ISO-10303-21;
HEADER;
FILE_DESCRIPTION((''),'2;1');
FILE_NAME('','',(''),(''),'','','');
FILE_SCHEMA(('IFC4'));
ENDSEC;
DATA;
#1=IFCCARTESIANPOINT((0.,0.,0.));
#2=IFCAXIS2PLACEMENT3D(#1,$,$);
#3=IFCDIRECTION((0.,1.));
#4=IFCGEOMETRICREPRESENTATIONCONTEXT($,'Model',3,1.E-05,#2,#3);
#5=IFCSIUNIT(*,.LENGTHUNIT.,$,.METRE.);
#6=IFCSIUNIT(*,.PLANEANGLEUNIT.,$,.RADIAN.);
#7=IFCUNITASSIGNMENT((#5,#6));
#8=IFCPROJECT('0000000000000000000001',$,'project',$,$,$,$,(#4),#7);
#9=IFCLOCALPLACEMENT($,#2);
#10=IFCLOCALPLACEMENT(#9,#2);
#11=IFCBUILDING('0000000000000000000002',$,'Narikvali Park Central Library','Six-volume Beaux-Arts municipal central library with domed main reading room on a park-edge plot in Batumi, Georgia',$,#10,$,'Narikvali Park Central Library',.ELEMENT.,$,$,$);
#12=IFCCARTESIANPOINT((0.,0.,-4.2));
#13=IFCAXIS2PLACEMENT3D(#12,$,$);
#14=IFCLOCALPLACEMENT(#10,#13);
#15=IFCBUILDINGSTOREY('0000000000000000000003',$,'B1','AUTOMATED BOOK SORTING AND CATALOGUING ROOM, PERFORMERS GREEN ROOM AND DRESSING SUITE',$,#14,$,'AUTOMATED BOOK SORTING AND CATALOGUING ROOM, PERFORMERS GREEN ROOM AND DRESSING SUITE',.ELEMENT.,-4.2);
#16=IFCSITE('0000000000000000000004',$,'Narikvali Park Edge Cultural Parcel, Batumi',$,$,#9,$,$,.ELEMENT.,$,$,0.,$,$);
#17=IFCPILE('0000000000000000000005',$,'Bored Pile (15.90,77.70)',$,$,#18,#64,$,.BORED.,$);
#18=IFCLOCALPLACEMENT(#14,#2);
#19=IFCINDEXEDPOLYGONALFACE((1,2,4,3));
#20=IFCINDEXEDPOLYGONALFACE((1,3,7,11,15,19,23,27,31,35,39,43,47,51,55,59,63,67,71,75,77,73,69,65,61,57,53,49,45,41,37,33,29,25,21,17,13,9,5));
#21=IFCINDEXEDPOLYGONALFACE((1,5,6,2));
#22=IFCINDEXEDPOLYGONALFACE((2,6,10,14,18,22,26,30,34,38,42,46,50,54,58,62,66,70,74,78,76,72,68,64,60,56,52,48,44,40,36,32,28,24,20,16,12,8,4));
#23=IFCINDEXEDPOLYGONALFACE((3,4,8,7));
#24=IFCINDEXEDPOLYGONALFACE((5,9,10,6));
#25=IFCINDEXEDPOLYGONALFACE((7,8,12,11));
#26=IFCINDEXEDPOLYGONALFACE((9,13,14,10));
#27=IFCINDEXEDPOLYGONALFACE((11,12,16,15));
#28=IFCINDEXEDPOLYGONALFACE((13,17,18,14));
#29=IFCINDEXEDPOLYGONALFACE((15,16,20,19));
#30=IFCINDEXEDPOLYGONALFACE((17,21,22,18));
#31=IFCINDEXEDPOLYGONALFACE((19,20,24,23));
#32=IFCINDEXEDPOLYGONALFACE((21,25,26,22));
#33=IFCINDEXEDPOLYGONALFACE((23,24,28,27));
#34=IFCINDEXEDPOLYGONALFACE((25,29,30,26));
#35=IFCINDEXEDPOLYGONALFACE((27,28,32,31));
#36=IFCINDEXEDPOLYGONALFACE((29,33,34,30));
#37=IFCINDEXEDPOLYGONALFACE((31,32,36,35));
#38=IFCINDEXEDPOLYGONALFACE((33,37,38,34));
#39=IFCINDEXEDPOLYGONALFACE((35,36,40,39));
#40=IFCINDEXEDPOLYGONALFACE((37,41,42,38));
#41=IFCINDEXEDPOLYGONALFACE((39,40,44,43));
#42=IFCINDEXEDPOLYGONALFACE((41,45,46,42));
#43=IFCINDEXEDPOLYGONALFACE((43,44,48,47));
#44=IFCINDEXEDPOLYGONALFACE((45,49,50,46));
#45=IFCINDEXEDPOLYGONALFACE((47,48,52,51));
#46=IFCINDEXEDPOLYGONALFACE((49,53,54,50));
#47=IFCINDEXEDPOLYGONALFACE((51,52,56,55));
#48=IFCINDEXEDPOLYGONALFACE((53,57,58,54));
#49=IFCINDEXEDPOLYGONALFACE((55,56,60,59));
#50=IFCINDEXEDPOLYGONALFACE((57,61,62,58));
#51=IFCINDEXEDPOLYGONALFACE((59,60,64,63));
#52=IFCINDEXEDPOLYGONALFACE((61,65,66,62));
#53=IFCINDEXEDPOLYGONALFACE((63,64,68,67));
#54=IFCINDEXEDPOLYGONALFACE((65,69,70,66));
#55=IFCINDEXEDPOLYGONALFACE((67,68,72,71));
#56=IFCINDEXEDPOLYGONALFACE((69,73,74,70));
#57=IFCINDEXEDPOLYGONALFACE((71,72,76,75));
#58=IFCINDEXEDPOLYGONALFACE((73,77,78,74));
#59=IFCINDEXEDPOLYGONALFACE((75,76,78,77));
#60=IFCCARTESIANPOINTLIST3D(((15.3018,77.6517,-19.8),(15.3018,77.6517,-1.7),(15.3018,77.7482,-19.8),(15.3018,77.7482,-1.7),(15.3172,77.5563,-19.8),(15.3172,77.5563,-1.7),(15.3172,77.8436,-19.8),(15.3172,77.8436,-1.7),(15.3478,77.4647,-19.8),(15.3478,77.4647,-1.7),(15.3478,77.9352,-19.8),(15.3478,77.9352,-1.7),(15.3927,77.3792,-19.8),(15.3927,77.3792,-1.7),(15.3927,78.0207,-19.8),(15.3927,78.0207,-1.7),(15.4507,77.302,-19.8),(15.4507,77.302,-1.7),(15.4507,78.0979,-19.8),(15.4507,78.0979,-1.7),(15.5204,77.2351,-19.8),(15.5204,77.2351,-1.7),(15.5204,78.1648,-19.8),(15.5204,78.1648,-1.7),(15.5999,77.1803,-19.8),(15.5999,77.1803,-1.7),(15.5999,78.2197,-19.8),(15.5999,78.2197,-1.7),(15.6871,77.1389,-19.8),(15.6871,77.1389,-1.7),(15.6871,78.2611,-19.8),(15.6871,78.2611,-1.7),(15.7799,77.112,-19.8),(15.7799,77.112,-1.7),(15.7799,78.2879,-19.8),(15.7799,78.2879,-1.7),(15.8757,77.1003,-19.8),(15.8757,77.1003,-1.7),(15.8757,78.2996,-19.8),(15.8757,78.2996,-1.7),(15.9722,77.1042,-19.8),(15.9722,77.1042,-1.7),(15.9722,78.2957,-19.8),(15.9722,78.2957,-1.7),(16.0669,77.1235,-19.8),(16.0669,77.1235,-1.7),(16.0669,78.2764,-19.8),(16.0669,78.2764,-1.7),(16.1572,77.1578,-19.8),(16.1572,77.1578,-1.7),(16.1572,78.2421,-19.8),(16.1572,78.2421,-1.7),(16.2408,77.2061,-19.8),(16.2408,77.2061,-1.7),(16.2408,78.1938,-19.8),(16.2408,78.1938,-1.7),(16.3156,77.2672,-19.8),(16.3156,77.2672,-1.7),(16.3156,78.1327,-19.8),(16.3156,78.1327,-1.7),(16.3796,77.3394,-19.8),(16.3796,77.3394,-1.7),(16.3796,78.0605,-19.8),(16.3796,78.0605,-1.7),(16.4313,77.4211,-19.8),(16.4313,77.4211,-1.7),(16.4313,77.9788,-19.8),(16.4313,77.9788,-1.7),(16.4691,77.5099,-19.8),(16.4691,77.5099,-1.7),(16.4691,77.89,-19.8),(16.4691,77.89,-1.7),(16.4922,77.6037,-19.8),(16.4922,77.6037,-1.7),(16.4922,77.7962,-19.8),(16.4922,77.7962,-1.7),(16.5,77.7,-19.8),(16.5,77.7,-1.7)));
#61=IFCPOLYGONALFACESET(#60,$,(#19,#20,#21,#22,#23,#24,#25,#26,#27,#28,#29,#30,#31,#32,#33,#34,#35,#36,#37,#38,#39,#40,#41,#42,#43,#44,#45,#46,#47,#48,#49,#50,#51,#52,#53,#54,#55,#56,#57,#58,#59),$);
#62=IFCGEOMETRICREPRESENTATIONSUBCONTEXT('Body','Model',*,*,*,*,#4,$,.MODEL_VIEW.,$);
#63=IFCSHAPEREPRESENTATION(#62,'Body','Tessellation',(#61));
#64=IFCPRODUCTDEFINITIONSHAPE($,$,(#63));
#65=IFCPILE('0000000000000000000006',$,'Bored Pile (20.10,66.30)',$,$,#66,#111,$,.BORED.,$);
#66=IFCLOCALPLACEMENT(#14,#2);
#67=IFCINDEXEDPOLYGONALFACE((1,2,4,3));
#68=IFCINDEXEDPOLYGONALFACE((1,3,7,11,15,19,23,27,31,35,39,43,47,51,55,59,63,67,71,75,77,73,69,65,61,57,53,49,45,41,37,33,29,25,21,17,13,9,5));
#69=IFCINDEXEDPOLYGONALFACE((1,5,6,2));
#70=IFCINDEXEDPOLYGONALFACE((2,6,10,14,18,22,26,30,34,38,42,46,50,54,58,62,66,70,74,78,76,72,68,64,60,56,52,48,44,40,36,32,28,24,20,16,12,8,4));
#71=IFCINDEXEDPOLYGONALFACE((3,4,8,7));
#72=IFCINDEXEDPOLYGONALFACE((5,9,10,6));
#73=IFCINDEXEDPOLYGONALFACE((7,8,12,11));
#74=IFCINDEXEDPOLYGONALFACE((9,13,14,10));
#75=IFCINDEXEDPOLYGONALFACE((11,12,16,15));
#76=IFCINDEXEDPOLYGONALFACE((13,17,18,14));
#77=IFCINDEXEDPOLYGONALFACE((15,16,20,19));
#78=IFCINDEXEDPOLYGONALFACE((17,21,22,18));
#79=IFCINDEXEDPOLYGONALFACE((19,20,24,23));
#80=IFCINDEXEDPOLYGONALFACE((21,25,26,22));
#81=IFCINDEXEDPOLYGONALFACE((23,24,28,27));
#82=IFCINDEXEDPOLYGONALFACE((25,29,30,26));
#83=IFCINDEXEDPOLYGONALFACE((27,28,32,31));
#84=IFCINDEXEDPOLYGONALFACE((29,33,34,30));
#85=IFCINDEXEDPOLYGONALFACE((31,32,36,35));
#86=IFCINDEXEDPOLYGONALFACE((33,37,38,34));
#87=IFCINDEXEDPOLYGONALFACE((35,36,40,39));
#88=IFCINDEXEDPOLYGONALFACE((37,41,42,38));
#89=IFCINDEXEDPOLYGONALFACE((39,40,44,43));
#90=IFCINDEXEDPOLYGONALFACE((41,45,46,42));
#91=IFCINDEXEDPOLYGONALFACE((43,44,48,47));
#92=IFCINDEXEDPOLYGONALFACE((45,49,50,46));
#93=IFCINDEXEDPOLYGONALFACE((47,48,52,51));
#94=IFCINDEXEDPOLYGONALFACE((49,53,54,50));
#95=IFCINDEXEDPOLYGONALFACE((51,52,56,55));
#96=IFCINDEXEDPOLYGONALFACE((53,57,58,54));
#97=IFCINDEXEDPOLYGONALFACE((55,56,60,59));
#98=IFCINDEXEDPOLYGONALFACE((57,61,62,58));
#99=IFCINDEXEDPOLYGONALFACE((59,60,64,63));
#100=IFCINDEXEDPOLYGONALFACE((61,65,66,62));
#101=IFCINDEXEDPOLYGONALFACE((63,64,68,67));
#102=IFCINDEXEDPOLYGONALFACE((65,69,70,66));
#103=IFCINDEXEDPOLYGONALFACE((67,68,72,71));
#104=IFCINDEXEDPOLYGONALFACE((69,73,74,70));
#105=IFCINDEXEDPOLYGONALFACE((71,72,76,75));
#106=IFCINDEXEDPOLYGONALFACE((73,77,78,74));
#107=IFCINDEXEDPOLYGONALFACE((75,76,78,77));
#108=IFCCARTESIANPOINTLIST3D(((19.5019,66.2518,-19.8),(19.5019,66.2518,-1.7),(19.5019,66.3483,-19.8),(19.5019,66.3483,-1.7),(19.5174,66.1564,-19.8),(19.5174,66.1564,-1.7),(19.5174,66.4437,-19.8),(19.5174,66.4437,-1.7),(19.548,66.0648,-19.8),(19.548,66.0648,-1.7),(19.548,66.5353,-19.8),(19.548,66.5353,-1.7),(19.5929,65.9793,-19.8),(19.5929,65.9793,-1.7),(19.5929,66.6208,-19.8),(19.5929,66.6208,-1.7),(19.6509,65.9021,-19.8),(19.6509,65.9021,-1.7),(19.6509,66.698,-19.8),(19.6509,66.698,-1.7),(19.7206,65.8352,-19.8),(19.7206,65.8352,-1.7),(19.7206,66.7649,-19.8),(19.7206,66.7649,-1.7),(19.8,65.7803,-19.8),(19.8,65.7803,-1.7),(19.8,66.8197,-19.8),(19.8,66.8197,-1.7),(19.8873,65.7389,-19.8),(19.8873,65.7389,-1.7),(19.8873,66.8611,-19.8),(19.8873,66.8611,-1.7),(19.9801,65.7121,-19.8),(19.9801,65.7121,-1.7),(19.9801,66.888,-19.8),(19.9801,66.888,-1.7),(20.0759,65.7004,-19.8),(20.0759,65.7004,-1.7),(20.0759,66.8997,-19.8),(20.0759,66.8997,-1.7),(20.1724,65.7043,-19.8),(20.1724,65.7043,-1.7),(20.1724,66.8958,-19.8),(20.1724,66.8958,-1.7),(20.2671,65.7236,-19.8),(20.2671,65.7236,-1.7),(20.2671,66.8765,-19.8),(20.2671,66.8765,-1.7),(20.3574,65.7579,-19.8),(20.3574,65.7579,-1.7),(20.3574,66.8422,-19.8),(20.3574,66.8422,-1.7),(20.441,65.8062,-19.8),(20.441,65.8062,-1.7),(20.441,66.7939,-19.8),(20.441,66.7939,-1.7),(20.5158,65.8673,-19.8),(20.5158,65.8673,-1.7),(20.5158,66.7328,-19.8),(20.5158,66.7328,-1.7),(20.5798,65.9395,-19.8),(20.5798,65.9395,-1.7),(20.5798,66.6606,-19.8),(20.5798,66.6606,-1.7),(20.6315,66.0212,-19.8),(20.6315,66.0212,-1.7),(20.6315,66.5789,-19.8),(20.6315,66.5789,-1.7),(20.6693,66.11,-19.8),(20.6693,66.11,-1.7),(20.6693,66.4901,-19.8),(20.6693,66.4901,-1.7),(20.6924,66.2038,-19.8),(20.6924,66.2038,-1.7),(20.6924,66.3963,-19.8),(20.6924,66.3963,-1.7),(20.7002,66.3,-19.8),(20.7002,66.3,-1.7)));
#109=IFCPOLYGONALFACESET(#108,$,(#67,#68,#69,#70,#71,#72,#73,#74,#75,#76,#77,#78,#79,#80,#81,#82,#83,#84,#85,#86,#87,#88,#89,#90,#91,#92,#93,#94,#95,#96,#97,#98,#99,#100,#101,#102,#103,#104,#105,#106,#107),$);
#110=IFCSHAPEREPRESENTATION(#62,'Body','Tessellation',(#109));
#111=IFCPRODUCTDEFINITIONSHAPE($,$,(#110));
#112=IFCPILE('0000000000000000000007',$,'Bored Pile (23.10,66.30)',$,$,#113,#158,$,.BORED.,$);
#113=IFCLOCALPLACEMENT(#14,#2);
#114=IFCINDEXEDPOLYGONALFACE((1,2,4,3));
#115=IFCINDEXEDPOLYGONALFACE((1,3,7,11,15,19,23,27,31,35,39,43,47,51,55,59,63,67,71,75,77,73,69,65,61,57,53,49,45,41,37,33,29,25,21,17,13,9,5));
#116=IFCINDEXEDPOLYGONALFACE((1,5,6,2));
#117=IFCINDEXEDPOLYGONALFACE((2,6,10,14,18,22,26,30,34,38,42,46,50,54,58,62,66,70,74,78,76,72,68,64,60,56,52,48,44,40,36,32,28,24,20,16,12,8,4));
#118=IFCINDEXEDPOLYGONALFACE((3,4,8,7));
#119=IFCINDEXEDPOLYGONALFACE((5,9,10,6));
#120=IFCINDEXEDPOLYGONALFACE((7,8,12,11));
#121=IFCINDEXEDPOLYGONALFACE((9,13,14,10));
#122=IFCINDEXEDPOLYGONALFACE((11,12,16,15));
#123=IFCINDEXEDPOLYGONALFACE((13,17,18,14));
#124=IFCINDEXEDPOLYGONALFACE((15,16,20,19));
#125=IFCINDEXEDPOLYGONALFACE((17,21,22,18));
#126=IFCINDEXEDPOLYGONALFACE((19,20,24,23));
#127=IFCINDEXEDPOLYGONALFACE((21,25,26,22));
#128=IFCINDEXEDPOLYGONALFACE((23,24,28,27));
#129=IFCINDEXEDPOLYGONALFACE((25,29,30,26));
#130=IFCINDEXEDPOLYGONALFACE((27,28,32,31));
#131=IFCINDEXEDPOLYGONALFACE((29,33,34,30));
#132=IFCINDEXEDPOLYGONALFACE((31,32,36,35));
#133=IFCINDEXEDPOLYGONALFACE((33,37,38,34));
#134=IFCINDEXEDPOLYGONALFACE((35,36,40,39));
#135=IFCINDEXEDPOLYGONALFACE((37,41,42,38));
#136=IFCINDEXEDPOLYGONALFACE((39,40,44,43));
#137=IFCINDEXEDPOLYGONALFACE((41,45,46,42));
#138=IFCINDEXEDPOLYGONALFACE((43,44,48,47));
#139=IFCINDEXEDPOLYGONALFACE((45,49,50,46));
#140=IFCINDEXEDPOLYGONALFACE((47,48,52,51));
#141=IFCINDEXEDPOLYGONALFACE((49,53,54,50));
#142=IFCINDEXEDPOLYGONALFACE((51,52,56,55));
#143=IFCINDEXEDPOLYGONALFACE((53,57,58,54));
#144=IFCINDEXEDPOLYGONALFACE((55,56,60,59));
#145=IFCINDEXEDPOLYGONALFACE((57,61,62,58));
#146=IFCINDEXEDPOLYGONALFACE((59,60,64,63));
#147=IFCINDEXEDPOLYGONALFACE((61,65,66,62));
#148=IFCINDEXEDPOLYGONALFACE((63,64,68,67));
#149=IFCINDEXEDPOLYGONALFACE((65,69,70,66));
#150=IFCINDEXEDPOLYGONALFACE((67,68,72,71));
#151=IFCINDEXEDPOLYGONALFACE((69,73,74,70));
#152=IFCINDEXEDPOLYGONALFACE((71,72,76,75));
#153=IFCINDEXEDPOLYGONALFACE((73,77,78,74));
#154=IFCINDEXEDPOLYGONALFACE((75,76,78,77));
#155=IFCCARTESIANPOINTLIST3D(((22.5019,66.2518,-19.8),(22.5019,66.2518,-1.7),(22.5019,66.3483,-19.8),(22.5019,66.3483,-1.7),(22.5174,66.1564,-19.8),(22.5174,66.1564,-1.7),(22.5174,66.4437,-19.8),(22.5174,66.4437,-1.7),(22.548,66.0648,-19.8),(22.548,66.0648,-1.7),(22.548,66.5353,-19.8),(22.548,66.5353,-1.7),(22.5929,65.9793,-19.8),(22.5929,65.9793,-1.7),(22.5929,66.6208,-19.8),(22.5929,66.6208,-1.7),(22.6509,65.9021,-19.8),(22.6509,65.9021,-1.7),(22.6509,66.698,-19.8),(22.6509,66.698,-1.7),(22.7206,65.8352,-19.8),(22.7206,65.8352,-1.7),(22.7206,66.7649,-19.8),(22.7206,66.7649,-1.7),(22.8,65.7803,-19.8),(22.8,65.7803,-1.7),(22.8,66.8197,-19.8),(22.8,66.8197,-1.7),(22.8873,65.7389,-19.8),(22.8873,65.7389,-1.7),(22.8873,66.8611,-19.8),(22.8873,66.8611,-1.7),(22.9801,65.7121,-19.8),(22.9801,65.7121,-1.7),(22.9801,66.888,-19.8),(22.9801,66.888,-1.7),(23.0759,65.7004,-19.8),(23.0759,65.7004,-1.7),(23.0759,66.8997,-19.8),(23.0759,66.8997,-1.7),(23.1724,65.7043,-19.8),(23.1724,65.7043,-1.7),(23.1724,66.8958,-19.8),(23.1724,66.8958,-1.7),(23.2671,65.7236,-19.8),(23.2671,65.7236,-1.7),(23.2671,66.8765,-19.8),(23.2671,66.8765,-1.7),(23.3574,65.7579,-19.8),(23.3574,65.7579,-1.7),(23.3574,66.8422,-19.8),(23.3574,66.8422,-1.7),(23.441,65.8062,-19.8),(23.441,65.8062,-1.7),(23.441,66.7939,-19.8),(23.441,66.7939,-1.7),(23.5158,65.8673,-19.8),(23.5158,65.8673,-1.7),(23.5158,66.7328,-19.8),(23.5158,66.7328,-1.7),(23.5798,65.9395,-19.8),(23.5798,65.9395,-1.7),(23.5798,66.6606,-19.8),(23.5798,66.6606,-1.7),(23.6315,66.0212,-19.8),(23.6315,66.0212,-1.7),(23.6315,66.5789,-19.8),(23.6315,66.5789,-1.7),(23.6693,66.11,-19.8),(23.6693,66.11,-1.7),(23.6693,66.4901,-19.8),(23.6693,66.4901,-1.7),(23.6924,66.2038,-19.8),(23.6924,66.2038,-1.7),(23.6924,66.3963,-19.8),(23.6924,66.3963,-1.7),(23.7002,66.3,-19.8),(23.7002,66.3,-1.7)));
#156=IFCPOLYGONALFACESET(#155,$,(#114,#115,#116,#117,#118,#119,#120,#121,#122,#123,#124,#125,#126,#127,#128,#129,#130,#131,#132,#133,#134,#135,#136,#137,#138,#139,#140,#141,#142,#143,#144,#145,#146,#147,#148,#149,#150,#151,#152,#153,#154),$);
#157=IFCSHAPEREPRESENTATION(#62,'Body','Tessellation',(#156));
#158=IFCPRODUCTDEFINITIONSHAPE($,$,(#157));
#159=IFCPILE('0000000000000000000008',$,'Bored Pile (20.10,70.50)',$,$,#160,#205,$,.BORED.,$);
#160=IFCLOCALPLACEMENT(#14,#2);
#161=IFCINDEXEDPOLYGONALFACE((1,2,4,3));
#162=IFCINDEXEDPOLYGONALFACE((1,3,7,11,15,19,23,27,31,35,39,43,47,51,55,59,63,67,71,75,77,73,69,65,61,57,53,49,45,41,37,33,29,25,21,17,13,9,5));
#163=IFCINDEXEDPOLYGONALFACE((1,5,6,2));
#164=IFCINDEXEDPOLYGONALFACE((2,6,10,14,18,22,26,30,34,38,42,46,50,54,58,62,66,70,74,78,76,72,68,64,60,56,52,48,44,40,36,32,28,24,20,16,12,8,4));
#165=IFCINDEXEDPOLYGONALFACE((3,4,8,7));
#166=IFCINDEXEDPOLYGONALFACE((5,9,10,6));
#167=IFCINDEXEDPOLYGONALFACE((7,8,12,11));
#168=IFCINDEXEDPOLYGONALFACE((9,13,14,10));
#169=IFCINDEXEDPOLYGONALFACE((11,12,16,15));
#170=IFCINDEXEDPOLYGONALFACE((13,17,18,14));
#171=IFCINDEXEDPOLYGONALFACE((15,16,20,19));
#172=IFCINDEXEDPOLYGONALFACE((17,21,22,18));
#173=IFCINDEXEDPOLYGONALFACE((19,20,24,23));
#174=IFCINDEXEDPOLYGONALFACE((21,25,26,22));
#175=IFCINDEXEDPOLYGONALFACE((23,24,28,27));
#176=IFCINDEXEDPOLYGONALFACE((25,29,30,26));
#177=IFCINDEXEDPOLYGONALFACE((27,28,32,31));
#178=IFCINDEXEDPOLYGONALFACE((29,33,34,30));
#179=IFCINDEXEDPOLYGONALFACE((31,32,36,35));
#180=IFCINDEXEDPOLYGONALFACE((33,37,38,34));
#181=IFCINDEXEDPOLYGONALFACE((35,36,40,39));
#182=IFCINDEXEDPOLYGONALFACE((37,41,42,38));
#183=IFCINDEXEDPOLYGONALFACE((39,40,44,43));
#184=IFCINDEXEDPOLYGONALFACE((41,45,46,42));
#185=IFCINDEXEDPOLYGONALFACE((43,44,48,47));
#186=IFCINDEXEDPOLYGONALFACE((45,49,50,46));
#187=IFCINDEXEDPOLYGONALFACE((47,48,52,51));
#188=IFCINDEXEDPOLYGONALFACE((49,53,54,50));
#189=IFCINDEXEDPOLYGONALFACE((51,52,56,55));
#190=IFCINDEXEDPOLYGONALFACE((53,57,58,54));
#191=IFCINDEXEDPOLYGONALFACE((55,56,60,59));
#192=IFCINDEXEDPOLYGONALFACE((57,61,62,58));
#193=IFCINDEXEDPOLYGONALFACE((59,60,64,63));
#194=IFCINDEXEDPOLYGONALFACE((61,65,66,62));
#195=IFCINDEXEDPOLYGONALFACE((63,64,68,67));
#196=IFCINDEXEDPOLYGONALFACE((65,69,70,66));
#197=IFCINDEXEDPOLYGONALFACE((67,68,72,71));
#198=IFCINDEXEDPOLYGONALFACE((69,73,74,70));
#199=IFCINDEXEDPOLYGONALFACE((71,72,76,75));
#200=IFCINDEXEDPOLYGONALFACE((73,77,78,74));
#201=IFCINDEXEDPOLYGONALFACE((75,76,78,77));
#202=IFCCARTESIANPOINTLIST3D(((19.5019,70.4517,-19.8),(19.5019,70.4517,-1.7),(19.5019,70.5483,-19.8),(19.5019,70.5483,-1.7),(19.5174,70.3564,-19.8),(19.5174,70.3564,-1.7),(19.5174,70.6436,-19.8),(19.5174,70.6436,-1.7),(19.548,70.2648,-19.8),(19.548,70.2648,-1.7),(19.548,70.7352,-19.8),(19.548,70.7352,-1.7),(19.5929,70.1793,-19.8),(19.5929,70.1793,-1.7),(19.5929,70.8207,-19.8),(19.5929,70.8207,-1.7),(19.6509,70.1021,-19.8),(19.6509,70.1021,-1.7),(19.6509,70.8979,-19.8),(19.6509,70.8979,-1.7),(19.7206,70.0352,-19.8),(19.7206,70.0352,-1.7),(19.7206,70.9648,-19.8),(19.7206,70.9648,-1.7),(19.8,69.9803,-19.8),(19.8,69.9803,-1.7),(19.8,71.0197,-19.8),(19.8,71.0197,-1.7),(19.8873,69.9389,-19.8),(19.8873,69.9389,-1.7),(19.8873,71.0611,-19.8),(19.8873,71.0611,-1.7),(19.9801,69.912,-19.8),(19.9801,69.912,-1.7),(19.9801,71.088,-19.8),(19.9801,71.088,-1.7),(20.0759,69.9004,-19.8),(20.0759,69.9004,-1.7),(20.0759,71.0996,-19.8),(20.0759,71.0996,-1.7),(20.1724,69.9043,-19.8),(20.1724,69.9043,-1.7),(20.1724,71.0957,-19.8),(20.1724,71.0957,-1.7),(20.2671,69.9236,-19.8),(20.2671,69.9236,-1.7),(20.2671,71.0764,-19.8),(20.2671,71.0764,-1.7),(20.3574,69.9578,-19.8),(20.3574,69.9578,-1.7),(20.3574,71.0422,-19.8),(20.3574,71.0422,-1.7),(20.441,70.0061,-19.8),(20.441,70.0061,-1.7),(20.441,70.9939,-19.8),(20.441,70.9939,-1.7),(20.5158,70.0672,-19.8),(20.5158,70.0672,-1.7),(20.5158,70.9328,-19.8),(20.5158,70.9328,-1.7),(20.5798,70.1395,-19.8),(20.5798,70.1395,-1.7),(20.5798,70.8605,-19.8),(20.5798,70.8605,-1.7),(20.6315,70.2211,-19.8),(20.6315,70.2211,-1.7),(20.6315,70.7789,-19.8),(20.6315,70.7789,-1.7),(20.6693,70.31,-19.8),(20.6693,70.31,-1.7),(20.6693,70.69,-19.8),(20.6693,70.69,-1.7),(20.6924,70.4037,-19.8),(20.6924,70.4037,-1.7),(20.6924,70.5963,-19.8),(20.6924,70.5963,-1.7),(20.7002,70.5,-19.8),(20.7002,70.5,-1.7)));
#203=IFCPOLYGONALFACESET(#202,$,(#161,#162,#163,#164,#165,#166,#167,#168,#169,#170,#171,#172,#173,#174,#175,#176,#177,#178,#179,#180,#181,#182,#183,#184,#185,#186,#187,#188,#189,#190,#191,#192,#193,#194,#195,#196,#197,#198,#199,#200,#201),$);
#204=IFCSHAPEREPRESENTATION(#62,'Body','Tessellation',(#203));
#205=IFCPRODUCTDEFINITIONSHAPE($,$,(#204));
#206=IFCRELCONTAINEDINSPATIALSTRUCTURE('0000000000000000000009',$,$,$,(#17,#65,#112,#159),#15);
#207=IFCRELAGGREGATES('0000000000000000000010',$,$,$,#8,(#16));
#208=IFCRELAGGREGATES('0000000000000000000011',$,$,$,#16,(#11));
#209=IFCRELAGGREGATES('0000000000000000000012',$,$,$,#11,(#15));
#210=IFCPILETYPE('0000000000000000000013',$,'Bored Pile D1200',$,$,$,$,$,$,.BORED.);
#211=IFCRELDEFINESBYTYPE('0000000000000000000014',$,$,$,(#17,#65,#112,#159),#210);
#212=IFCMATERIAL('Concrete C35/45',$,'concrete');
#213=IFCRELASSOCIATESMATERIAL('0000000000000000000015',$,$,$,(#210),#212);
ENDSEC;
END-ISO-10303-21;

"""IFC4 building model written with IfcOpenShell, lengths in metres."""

from ifc_helpers import new_model, si_unit, direction, frame, origin, origin_2d, place, context, subcontext, project, spatial, circle, extrude, material, material_profile, profile_set, type_object, element, save


model = new_model("IFC4")

# Units and contexts
model_context = context("Model", 3, precision=1e-05, world=origin(), true_north=direction((0.0, 1.0)))
body_context = subcontext(model_context, "Body", "Model", "MODEL_VIEW")
ifc_project = project(units=[si_unit("LENGTHUNIT", "METRE"), si_unit("PLANEANGLEUNIT", "RADIAN")], contexts=[model_context])

# Site, building, storey
site_placement = place(None, origin())
site = spatial("IfcSite", under=ifc_project, at=site_placement, Name="Narikvali Park Edge Cultural Parcel, Batumi", CompositionType="ELEMENT", RefElevation=0.0)
building_placement = place(site_placement, origin())
building = spatial("IfcBuilding", under=site, at=building_placement, Name="Narikvali Park Central Library", Description="Six-volume Beaux-Arts municipal central library with domed main reading room on a park-edge plot in Batumi, Georgia", LongName="Narikvali Park Central Library", CompositionType="ELEMENT")
storey_placement = place(building_placement, frame((0.0, 0.0, -4.2)))
storey = spatial("IfcBuildingStorey", under=building, at=storey_placement, Name="B1", Description="AUTOMATED BOOK SORTING AND CATALOGUING ROOM, PERFORMERS GREEN ROOM AND DRESSING SUITE", LongName="AUTOMATED BOOK SORTING AND CATALOGUING ROOM, PERFORMERS GREEN ROOM AND DRESSING SUITE", CompositionType="ELEMENT", Elevation=-4.2)

# Piles
ifc_material_1 = material(Name="Concrete C35/45", Category="concrete")
ifc_material_profile_1 = material_profile(ifc_material_1, circle(Radius=0.6001, at=origin_2d()), Name="PILE D1200")
ifc_profile_set_1 = profile_set([ifc_material_profile_1], Name="Concrete C35/45")
pile_type_1 = type_object("IfcPileType", Name="Bored Pile D1200", PredefinedType="BORED", material=ifc_profile_set_1)
for number, where, z_axis, x_axis, name in (
    (1, (15.8999, 77.7, -1.7), (0.0, 0.0, -1.0), (1.0, 0.0, 0.0), "Bored Pile (15.90,77.70)"),
    (2, (20.1001, 66.3, -1.7), (0.0, 0.0, -1.0), (1.0, 0.0, 0.0), "Bored Pile (20.10,66.30)"),
    (3, (23.1001, 66.3, -1.7), (0.0, 0.0, -1.0), (1.0, 0.0, 0.0), "Bored Pile (23.10,66.30)"),
    (4, (20.1001, 70.5, -1.7), (0.0, 0.0, -1.0), (1.0, 0.0, 0.0), "Bored Pile (20.10,70.50)"),
):
    element("IfcPile", number, at=place(storey_placement, frame(where, z_axis=z_axis, x_axis=x_axis)), inside=storey, type_object=pile_type_1, Name=name, PredefinedType="BORED", context=body_context, shape_type="SweptSolid", body=[
        extrude(circle(Radius=0.6001, at=origin_2d()), origin(), (0.0, 0.0, 1.0), 18.1001),
    ])

save(model, "model.ifc")
